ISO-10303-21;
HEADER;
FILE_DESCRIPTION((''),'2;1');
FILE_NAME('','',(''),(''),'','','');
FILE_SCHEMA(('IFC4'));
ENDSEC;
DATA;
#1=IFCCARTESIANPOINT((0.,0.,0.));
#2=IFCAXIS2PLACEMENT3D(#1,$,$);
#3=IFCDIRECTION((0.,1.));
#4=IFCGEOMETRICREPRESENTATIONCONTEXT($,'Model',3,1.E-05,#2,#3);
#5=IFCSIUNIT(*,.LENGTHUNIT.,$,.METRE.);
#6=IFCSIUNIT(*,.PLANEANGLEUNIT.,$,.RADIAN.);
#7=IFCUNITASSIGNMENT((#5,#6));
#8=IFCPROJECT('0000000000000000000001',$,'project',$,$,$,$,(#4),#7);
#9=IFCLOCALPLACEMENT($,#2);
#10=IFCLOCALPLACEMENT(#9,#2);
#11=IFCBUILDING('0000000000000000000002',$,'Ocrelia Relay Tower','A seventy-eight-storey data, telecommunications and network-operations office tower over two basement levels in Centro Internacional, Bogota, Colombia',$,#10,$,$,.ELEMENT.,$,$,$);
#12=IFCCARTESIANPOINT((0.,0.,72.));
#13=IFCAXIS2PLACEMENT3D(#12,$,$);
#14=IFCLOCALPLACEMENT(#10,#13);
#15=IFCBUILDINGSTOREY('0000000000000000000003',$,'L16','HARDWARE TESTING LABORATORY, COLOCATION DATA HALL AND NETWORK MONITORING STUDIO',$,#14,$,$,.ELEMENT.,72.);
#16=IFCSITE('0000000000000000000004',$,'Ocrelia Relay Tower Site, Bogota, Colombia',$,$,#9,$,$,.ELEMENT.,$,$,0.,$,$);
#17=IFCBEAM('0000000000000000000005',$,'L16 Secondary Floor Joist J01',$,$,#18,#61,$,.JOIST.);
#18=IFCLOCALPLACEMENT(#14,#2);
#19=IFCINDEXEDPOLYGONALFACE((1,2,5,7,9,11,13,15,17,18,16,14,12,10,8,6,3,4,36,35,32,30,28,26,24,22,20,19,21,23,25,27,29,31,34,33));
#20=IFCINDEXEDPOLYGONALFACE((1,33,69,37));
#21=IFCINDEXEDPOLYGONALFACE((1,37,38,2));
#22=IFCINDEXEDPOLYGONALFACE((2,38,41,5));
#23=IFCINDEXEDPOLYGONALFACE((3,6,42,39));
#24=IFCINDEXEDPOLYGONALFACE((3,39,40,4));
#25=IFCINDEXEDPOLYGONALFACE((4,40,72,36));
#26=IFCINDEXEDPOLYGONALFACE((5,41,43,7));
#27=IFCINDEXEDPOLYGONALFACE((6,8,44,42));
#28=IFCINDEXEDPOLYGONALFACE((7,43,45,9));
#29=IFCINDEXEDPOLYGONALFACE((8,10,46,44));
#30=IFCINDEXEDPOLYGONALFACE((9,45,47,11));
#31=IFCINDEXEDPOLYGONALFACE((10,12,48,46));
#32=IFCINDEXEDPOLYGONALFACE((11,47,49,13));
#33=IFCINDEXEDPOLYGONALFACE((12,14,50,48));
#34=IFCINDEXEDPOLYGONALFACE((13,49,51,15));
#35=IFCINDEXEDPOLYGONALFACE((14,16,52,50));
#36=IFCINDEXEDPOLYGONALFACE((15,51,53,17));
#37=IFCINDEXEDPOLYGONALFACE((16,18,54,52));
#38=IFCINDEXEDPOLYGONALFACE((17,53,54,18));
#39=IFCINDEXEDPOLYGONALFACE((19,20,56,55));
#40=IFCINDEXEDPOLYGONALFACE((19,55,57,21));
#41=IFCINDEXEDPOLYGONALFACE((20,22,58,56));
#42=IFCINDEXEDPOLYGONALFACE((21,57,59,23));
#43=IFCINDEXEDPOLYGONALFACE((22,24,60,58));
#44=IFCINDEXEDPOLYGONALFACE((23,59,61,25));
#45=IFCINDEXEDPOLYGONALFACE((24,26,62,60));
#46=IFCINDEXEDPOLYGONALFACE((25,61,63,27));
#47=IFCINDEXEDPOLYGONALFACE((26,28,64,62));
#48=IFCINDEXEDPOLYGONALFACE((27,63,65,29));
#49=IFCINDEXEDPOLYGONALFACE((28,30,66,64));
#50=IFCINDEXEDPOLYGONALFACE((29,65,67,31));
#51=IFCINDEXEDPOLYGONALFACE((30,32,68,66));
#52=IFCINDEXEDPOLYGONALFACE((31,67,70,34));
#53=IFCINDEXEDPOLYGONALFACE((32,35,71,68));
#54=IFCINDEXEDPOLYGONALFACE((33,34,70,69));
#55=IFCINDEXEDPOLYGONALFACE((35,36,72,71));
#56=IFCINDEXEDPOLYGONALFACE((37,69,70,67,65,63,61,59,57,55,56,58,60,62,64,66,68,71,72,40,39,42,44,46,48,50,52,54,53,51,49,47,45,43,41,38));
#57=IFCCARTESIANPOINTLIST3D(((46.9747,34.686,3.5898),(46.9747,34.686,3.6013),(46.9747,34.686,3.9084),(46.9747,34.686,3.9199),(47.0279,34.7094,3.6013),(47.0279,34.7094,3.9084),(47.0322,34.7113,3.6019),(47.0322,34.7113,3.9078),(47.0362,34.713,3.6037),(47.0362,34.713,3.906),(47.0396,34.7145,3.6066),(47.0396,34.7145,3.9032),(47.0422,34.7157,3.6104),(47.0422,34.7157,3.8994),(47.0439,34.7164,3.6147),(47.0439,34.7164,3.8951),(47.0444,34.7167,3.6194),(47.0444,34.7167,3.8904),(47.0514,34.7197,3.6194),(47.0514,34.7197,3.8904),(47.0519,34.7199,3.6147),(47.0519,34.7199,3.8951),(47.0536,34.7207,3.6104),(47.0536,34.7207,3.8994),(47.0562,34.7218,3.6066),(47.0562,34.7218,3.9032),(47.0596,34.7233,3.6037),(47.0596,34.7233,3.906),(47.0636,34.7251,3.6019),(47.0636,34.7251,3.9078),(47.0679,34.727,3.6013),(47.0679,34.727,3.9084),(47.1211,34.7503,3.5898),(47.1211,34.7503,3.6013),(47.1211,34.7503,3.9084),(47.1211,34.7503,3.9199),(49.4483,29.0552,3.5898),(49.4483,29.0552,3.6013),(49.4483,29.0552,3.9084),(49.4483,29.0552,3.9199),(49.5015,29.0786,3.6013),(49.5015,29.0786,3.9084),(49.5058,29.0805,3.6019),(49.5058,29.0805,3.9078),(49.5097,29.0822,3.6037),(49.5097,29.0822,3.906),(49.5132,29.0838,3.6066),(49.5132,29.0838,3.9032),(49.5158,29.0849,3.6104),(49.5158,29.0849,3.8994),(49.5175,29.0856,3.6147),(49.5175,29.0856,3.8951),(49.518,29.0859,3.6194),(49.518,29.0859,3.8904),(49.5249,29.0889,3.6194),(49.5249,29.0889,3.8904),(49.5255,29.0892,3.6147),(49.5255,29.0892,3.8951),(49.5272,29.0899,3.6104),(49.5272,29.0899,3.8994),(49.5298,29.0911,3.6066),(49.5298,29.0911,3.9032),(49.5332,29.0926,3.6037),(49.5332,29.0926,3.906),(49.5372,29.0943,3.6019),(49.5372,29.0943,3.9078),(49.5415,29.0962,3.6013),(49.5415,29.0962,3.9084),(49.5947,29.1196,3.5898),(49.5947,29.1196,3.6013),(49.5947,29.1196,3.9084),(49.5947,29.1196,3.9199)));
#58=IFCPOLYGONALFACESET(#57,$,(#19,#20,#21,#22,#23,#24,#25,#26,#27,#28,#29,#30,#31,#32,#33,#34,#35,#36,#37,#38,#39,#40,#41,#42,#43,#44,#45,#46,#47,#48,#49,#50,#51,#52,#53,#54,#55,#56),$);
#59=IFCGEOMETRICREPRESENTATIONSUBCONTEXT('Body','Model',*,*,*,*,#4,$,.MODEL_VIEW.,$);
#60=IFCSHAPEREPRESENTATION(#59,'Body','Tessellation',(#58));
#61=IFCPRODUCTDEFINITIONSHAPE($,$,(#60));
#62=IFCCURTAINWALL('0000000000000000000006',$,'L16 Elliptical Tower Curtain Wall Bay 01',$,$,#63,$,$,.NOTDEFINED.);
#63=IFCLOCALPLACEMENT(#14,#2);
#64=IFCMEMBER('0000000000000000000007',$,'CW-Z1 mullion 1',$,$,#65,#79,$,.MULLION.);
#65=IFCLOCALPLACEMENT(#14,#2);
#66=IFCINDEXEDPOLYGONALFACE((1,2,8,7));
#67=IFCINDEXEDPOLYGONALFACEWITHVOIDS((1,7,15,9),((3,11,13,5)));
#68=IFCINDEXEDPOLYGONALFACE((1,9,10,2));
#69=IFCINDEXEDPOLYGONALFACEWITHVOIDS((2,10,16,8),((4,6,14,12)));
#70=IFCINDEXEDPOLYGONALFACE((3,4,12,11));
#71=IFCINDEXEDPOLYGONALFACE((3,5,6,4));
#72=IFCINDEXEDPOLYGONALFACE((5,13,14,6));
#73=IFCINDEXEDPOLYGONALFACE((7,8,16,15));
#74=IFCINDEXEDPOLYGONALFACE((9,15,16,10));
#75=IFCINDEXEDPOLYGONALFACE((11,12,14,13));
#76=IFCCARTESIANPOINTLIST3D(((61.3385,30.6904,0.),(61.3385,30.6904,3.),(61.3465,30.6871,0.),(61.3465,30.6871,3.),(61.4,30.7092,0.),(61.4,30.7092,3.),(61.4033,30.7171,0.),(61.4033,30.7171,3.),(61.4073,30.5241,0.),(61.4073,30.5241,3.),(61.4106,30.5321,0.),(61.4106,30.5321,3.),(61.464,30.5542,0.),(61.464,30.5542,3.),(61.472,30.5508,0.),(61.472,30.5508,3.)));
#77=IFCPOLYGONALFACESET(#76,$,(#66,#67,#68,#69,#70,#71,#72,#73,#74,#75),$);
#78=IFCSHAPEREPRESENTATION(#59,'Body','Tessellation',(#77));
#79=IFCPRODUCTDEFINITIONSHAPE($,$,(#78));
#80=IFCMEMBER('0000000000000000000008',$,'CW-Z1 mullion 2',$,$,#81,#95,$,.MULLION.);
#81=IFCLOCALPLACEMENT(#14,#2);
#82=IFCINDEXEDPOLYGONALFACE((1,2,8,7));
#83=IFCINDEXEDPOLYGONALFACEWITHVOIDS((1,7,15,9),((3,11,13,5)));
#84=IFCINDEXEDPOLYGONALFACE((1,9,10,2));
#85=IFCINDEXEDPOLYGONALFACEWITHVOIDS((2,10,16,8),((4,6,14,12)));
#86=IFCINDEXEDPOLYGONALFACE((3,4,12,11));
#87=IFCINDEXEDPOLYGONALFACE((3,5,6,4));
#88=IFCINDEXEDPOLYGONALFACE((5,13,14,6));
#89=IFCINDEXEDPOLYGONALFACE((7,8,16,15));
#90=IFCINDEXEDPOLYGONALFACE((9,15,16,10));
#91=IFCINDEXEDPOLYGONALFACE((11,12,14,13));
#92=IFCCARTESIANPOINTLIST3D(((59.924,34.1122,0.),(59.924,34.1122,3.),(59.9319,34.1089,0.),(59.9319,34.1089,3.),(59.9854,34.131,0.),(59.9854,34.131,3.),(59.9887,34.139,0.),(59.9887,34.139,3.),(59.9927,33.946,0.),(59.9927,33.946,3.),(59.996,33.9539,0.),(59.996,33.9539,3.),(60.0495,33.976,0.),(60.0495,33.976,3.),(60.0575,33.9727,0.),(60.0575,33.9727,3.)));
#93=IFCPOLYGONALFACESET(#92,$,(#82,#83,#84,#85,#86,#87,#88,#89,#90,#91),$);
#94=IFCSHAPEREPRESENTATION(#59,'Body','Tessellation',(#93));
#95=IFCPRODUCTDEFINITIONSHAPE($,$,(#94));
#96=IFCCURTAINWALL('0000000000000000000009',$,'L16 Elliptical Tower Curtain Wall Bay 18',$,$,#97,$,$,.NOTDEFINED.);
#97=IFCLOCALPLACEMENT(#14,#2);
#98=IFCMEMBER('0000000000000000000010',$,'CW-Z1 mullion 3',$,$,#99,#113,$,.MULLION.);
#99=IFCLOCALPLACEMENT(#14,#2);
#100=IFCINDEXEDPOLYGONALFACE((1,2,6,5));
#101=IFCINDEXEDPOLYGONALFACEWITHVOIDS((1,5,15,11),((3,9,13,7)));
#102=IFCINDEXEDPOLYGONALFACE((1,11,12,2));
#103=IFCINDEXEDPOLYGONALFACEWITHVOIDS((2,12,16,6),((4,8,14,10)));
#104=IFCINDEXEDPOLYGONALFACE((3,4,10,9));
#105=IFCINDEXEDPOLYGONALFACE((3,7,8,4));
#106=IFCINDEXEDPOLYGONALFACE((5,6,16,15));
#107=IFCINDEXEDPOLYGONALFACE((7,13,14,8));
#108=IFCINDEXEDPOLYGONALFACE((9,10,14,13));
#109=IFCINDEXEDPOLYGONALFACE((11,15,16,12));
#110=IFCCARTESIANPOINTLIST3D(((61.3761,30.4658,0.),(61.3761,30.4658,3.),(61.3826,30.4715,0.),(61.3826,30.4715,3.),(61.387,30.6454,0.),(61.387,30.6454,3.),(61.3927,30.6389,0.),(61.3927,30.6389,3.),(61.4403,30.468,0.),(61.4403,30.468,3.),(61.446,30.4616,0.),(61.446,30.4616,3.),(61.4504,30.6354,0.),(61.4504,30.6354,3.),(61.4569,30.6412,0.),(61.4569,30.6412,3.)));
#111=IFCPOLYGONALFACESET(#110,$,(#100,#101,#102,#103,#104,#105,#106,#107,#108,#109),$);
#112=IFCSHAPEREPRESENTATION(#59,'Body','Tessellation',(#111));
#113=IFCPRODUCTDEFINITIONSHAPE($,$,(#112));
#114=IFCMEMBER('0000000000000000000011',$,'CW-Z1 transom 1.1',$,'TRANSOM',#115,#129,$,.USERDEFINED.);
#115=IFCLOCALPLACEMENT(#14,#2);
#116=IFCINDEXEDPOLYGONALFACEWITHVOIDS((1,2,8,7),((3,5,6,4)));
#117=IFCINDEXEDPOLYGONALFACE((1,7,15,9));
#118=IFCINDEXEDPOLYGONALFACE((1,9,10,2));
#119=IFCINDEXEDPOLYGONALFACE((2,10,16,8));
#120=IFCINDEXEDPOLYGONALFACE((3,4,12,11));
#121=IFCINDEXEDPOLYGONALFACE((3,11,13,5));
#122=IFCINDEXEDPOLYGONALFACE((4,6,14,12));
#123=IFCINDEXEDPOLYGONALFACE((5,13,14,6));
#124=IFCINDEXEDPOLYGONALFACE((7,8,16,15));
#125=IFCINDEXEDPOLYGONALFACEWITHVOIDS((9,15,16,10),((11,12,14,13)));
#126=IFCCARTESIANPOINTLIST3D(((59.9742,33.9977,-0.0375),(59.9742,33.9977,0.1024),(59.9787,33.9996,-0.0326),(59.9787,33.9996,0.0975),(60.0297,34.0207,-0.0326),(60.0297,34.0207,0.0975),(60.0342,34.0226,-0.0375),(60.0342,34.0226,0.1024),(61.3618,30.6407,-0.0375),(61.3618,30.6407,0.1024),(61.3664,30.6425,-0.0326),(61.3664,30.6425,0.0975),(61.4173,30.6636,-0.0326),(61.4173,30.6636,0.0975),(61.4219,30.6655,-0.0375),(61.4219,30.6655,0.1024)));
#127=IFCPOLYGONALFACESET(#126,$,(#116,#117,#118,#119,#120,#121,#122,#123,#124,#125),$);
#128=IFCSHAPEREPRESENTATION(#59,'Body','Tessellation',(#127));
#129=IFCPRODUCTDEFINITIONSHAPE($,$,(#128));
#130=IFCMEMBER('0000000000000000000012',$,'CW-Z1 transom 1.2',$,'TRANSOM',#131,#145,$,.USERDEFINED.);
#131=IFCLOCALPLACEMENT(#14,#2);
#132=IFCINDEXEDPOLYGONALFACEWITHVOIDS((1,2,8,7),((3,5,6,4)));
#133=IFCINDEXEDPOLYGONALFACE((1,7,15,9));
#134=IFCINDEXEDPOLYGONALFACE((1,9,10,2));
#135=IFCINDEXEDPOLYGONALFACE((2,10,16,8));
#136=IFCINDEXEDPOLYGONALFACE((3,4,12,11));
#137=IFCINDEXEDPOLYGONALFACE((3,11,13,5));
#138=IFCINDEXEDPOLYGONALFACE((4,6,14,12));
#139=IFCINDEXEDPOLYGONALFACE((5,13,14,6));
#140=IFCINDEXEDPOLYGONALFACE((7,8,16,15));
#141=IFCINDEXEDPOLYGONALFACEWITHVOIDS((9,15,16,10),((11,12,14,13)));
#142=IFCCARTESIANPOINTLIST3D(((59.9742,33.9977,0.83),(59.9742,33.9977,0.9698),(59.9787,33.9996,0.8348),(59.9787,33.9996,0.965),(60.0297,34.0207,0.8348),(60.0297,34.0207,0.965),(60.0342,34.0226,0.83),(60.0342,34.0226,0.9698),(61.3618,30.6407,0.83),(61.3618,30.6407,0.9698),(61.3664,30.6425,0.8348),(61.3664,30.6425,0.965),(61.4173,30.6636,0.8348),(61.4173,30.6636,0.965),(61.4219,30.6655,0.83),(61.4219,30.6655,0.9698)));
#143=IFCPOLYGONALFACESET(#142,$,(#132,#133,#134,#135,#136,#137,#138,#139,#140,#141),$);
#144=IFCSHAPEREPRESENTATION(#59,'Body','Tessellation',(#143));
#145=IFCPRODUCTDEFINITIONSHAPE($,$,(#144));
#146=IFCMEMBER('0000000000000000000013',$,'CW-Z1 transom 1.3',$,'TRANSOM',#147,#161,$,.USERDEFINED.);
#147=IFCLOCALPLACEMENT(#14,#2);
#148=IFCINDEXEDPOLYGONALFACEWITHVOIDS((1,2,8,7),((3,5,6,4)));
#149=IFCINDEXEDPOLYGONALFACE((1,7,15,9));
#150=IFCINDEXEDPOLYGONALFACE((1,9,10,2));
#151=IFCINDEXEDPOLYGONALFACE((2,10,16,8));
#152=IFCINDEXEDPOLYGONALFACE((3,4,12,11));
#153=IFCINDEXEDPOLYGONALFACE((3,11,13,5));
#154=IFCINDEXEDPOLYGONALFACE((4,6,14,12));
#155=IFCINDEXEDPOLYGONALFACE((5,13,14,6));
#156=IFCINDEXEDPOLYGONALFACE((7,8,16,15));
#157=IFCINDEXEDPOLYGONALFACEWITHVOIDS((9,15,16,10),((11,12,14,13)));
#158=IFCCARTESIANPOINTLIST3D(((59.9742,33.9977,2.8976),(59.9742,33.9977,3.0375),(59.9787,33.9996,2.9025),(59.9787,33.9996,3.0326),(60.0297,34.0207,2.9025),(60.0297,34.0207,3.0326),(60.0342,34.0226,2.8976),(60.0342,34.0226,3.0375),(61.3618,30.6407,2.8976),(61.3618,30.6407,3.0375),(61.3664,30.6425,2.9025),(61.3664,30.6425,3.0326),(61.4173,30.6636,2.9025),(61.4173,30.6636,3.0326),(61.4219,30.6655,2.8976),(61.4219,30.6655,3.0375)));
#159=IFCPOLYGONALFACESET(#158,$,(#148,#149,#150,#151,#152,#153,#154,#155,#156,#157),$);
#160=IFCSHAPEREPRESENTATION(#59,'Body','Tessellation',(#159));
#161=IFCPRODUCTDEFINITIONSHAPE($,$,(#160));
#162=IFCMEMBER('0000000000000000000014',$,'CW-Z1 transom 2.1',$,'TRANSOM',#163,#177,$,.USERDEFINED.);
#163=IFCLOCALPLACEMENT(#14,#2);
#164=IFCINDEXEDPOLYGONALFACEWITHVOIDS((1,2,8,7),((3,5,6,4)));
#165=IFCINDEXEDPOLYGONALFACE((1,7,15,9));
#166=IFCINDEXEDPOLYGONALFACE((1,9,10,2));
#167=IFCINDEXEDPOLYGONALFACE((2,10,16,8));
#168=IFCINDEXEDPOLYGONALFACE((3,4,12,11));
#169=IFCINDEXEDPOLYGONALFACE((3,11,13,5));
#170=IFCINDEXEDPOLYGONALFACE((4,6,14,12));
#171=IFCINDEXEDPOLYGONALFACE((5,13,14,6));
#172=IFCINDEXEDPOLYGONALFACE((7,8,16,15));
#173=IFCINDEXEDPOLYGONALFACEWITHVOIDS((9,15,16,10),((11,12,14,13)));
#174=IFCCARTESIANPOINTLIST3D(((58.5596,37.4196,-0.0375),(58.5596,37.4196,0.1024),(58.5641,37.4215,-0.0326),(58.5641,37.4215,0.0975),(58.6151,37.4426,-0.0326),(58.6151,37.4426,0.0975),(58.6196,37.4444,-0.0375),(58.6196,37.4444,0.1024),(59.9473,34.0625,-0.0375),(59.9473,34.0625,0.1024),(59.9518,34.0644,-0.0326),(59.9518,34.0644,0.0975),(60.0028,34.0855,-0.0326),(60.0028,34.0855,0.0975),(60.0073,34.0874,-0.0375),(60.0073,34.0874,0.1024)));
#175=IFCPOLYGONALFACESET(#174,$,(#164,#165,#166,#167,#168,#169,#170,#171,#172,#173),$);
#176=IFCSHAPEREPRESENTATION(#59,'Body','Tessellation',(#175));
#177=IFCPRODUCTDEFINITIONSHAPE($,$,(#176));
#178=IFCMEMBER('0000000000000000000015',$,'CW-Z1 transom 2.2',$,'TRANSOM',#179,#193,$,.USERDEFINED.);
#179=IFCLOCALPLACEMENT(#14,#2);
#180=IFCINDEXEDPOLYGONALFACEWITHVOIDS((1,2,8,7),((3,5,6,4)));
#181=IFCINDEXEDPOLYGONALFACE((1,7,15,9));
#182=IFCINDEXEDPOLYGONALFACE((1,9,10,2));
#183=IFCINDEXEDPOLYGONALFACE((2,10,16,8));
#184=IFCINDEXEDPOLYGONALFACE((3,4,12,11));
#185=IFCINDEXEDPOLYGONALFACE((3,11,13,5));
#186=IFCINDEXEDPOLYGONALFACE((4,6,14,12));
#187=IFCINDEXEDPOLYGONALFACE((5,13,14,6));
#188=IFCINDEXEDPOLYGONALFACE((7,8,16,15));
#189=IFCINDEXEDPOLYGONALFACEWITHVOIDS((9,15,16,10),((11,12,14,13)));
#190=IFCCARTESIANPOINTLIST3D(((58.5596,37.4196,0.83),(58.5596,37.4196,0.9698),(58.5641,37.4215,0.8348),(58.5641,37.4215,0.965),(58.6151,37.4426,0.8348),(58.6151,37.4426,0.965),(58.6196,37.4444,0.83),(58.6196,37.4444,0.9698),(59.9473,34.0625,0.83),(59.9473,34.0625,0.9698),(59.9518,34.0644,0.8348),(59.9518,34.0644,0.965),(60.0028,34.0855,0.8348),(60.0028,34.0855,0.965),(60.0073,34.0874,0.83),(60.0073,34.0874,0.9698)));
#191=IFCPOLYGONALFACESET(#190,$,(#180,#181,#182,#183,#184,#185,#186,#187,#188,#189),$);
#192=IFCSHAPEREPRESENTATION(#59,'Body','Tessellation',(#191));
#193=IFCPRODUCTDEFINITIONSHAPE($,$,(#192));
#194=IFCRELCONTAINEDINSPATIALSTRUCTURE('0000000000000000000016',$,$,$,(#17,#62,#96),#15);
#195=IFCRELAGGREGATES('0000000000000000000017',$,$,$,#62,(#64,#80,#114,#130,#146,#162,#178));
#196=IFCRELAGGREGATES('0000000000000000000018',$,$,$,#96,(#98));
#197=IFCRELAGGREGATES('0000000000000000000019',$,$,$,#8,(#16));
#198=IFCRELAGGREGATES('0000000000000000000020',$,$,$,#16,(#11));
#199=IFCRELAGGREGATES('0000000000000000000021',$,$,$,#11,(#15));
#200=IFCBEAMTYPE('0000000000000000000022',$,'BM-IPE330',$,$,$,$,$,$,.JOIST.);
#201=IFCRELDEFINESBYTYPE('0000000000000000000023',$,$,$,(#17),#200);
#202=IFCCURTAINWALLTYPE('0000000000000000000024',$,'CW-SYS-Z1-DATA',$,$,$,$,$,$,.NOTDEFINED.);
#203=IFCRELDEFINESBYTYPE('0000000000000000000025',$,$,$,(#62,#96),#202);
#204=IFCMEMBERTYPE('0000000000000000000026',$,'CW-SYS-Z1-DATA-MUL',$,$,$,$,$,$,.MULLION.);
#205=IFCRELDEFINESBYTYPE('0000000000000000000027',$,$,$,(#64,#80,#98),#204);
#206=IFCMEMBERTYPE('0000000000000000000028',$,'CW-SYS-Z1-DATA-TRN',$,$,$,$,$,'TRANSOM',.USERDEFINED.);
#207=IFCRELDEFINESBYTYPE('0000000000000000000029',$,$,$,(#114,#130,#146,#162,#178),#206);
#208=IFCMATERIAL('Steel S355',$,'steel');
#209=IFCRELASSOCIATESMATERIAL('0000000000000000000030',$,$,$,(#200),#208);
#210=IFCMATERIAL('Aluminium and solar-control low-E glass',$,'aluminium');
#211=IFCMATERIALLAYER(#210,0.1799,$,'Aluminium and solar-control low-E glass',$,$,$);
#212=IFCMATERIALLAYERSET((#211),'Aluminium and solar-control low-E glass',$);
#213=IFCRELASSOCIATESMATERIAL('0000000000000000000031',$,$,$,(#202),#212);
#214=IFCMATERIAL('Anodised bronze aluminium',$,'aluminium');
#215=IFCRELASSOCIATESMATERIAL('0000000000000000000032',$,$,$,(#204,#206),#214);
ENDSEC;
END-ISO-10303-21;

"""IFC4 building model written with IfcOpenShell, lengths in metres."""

from ifc_helpers import new_model, si_unit, direction, frame, origin, origin_2d, place, context, subcontext, project, spatial, hollow_rectangle, i_section, extrude, material, layer, layer_set, material_profile, profile_set, type_object, element, aggregate, save


model = new_model("IFC4")

# Units and contexts
model_context = context("Model", 3, precision=1e-05, world=origin(), true_north=direction((0.0, 1.0)))
body_context = subcontext(model_context, "Body", "Model", "MODEL_VIEW")
ifc_project = project(units=[si_unit("LENGTHUNIT", "METRE"), si_unit("PLANEANGLEUNIT", "RADIAN")], contexts=[model_context])

# Site, building, storey
site_placement = place(None, origin())
site = spatial("IfcSite", under=ifc_project, at=site_placement, Name="Ocrelia Relay Tower Site, Bogota, Colombia", CompositionType="ELEMENT", RefElevation=0.0)
building_placement = place(site_placement, origin())
building = spatial("IfcBuilding", under=site, at=building_placement, Name="Ocrelia Relay Tower", Description="A seventy-eight-storey data, telecommunications and network-operations office tower over two basement levels in Centro Internacional, Bogota, Colombia", CompositionType="ELEMENT")
storey_placement = place(building_placement, frame((0.0, 0.0, 72.0)))
storey = spatial("IfcBuildingStorey", under=building, at=storey_placement, Name="L16", Description="HARDWARE TESTING LABORATORY, COLOCATION DATA HALL AND NETWORK MONITORING STUDIO", CompositionType="ELEMENT", Elevation=72.0)

# Beam
ifc_material_1 = material(Name="Steel S355", Category="steel")
ifc_material_profile_1 = material_profile(ifc_material_1, i_section(OverallWidth=0.1599, OverallDepth=0.3301, WebThickness=0.0076, FlangeThickness=0.0115, FilletRadius=0.0181, at=origin_2d()), Name="IPE 330")
ifc_profile_set_1 = profile_set([ifc_material_profile_1], Name="Steel S355")
beam_type_1 = type_object("IfcBeamType", Name="BM-IPE330", PredefinedType="JOIST", material=ifc_profile_set_1)
beam_1_placement = place(storey_placement, frame((49.5215, 29.0874, 3.7549), z_axis=(-0.402201, 0.915551, 0.0), x_axis=(-0.915551, -0.402201, 0.0)))
element("IfcBeam", 1, at=beam_1_placement, inside=storey, type_object=beam_type_1, Name="L16 Secondary Floor Joist J01", PredefinedType="JOIST", context=body_context, shape_type="SweptSolid", body=[
    extrude(i_section(OverallWidth=0.1599, OverallDepth=0.3301, WebThickness=0.0076, FlangeThickness=0.0115, FilletRadius=0.0181, at=origin_2d()), origin(), (0.0, 0.0, 1.0), 6.1501),
])

# Curtain wall, members
ifc_material_2 = material(Name="Aluminium and solar-control low-E glass", Category="aluminium")
ifc_layer_1 = layer(ifc_material_2, 0.1799, Name="Aluminium and solar-control low-E glass")
ifc_layer_set_1 = layer_set([ifc_layer_1], Name="Aluminium and solar-control low-E glass")
curtain_wall_type = type_object("IfcCurtainWallType", Name="CW-SYS-Z1-DATA", PredefinedType="NOTDEFINED", material=ifc_layer_set_1)
curtain_wall_1_placement = place(storey_placement, origin())
curtain_wall_1 = element("IfcCurtainWall", 2, at=curtain_wall_1_placement, inside=storey, type_object=curtain_wall_type, Name="L16 Elliptical Tower Curtain Wall Bay 01", PredefinedType="NOTDEFINED")
ifc_material_3 = material(Name="Anodised bronze aluminium", Category="aluminium")
ifc_material_profile_2 = material_profile(ifc_material_3, hollow_rectangle(XDim=0.0701, YDim=0.1799, WallThickness=0.0061, at=origin_2d()), Name="CW-MUL-180x70")
ifc_profile_set_2 = profile_set([ifc_material_profile_2], Name="Anodised bronze aluminium")
member_type_1 = type_object("IfcMemberType", Name="CW-SYS-Z1-DATA-MUL", PredefinedType="MULLION", material=ifc_profile_set_2)
member_1_placement = place(storey_placement, frame((61.4053, 30.6206, 0.0), z_axis=(0.0, 0.0, 1.0), x_axis=(-0.924147, -0.382038, 0.0)))
member_1 = element("IfcMember", 3, at=member_1_placement, type_object=member_type_1, Name="CW-Z1 mullion 1", PredefinedType="MULLION", context=body_context, shape_type="SweptSolid", body=[
    extrude(hollow_rectangle(XDim=0.0701, YDim=0.1799, WallThickness=0.0061, at=origin_2d()), origin(), (0.0, 0.0, 1.0), 3.0),
])
member_2_placement = place(storey_placement, frame((59.9907, 34.0425, 0.0), z_axis=(0.0, 0.0, 1.0), x_axis=(-0.924147, -0.382038, 0.0)))
member_2 = element("IfcMember", 4, at=member_2_placement, type_object=member_type_1, Name="CW-Z1 mullion 2", PredefinedType="MULLION", context=body_context, shape_type="SweptSolid", body=[
    extrude(hollow_rectangle(XDim=0.0701, YDim=0.1799, WallThickness=0.0061, at=origin_2d()), origin(), (0.0, 0.0, 1.0), 3.0),
])

# Curtain wall, member
curtain_wall_2_placement = place(storey_placement, origin())
curtain_wall_2 = element("IfcCurtainWall", 5, at=curtain_wall_2_placement, inside=storey, type_object=curtain_wall_type, Name="L16 Elliptical Tower Curtain Wall Bay 18", PredefinedType="NOTDEFINED")
member_3_placement = place(storey_placement, frame((61.4165, 30.5535, 0.0), z_axis=(0.0, 0.0, 1.0), x_axis=(-0.998178, 0.060344, 0.0)))
member_3 = element("IfcMember", 6, at=member_3_placement, type_object=member_type_1, Name="CW-Z1 mullion 3", PredefinedType="MULLION", context=body_context, shape_type="SweptSolid", body=[
    extrude(hollow_rectangle(XDim=0.0701, YDim=0.1799, WallThickness=0.0061, at=origin_2d()), origin(), (0.0, 0.0, 1.0), 3.0),
])

# Members
ifc_material_profile_3 = material_profile(ifc_material_3, hollow_rectangle(XDim=0.0649, YDim=0.1399, WallThickness=0.0049, at=origin_2d()), Name="CW-TRN-140x65")
ifc_profile_set_3 = profile_set([ifc_material_profile_3], Name="Anodised bronze aluminium")
member_type_2 = type_object("IfcMemberType", Name="CW-SYS-Z1-DATA-TRN", ElementType="TRANSOM", PredefinedType="USERDEFINED", material=ifc_profile_set_3)
member_4_placement = place(storey_placement, frame((61.3918, 30.6531, 0.0325), z_axis=(-0.382004, 0.924161, 0.0), x_axis=(-0.924161, -0.382004, 0.0)))
member_4 = element("IfcMember", 7, at=member_4_placement, type_object=member_type_2, Name="CW-Z1 transom 1.1", ObjectType="TRANSOM", PredefinedType="USERDEFINED", context=body_context, shape_type="SweptSolid", body=[
    extrude(hollow_rectangle(XDim=0.0649, YDim=0.1399, WallThickness=0.0049, at=origin_2d()), origin(), (0.0, 0.0, 1.0), 3.6326),
])
member_5_placement = place(storey_placement, frame((61.3918, 30.6531, 0.8999), z_axis=(-0.382004, 0.924161, 0.0), x_axis=(-0.924161, -0.382004, 0.0)))
member_5 = element("IfcMember", 8, at=member_5_placement, type_object=member_type_2, Name="CW-Z1 transom 1.2", ObjectType="TRANSOM", PredefinedType="USERDEFINED", context=body_context, shape_type="SweptSolid", body=[
    extrude(hollow_rectangle(XDim=0.0649, YDim=0.1399, WallThickness=0.0049, at=origin_2d()), origin(), (0.0, 0.0, 1.0), 3.6326),
])
member_6_placement = place(storey_placement, frame((61.3918, 30.6531, 2.9675), z_axis=(-0.382004, 0.924161, 0.0), x_axis=(-0.924161, -0.382004, 0.0)))
member_6 = element("IfcMember", 9, at=member_6_placement, type_object=member_type_2, Name="CW-Z1 transom 1.3", ObjectType="TRANSOM", PredefinedType="USERDEFINED", context=body_context, shape_type="SweptSolid", body=[
    extrude(hollow_rectangle(XDim=0.0649, YDim=0.1399, WallThickness=0.0049, at=origin_2d()), origin(), (0.0, 0.0, 1.0), 3.6326),
])
member_7_placement = place(storey_placement, frame((59.9773, 34.075, 0.0325), z_axis=(-0.382004, 0.924161, 0.0), x_axis=(-0.924161, -0.382004, 0.0)))
member_7 = element("IfcMember", 10, at=member_7_placement, type_object=member_type_2, Name="CW-Z1 transom 2.1", ObjectType="TRANSOM", PredefinedType="USERDEFINED", context=body_context, shape_type="SweptSolid", body=[
    extrude(hollow_rectangle(XDim=0.0649, YDim=0.1399, WallThickness=0.0049, at=origin_2d()), origin(), (0.0, 0.0, 1.0), 3.6326),
])
member_8_placement = place(storey_placement, frame((59.9773, 34.075, 0.8999), z_axis=(-0.382004, 0.924161, 0.0), x_axis=(-0.924161, -0.382004, 0.0)))
member_8 = element("IfcMember", 11, at=member_8_placement, type_object=member_type_2, Name="CW-Z1 transom 2.2", ObjectType="TRANSOM", PredefinedType="USERDEFINED", context=body_context, shape_type="SweptSolid", body=[
    extrude(hollow_rectangle(XDim=0.0649, YDim=0.1399, WallThickness=0.0049, at=origin_2d()), origin(), (0.0, 0.0, 1.0), 3.6326),
])

aggregate(curtain_wall_1, [member_1, member_2, member_4, member_5, member_6, member_7, member_8])
aggregate(curtain_wall_2, [member_3])

save(model, "model.ifc")
